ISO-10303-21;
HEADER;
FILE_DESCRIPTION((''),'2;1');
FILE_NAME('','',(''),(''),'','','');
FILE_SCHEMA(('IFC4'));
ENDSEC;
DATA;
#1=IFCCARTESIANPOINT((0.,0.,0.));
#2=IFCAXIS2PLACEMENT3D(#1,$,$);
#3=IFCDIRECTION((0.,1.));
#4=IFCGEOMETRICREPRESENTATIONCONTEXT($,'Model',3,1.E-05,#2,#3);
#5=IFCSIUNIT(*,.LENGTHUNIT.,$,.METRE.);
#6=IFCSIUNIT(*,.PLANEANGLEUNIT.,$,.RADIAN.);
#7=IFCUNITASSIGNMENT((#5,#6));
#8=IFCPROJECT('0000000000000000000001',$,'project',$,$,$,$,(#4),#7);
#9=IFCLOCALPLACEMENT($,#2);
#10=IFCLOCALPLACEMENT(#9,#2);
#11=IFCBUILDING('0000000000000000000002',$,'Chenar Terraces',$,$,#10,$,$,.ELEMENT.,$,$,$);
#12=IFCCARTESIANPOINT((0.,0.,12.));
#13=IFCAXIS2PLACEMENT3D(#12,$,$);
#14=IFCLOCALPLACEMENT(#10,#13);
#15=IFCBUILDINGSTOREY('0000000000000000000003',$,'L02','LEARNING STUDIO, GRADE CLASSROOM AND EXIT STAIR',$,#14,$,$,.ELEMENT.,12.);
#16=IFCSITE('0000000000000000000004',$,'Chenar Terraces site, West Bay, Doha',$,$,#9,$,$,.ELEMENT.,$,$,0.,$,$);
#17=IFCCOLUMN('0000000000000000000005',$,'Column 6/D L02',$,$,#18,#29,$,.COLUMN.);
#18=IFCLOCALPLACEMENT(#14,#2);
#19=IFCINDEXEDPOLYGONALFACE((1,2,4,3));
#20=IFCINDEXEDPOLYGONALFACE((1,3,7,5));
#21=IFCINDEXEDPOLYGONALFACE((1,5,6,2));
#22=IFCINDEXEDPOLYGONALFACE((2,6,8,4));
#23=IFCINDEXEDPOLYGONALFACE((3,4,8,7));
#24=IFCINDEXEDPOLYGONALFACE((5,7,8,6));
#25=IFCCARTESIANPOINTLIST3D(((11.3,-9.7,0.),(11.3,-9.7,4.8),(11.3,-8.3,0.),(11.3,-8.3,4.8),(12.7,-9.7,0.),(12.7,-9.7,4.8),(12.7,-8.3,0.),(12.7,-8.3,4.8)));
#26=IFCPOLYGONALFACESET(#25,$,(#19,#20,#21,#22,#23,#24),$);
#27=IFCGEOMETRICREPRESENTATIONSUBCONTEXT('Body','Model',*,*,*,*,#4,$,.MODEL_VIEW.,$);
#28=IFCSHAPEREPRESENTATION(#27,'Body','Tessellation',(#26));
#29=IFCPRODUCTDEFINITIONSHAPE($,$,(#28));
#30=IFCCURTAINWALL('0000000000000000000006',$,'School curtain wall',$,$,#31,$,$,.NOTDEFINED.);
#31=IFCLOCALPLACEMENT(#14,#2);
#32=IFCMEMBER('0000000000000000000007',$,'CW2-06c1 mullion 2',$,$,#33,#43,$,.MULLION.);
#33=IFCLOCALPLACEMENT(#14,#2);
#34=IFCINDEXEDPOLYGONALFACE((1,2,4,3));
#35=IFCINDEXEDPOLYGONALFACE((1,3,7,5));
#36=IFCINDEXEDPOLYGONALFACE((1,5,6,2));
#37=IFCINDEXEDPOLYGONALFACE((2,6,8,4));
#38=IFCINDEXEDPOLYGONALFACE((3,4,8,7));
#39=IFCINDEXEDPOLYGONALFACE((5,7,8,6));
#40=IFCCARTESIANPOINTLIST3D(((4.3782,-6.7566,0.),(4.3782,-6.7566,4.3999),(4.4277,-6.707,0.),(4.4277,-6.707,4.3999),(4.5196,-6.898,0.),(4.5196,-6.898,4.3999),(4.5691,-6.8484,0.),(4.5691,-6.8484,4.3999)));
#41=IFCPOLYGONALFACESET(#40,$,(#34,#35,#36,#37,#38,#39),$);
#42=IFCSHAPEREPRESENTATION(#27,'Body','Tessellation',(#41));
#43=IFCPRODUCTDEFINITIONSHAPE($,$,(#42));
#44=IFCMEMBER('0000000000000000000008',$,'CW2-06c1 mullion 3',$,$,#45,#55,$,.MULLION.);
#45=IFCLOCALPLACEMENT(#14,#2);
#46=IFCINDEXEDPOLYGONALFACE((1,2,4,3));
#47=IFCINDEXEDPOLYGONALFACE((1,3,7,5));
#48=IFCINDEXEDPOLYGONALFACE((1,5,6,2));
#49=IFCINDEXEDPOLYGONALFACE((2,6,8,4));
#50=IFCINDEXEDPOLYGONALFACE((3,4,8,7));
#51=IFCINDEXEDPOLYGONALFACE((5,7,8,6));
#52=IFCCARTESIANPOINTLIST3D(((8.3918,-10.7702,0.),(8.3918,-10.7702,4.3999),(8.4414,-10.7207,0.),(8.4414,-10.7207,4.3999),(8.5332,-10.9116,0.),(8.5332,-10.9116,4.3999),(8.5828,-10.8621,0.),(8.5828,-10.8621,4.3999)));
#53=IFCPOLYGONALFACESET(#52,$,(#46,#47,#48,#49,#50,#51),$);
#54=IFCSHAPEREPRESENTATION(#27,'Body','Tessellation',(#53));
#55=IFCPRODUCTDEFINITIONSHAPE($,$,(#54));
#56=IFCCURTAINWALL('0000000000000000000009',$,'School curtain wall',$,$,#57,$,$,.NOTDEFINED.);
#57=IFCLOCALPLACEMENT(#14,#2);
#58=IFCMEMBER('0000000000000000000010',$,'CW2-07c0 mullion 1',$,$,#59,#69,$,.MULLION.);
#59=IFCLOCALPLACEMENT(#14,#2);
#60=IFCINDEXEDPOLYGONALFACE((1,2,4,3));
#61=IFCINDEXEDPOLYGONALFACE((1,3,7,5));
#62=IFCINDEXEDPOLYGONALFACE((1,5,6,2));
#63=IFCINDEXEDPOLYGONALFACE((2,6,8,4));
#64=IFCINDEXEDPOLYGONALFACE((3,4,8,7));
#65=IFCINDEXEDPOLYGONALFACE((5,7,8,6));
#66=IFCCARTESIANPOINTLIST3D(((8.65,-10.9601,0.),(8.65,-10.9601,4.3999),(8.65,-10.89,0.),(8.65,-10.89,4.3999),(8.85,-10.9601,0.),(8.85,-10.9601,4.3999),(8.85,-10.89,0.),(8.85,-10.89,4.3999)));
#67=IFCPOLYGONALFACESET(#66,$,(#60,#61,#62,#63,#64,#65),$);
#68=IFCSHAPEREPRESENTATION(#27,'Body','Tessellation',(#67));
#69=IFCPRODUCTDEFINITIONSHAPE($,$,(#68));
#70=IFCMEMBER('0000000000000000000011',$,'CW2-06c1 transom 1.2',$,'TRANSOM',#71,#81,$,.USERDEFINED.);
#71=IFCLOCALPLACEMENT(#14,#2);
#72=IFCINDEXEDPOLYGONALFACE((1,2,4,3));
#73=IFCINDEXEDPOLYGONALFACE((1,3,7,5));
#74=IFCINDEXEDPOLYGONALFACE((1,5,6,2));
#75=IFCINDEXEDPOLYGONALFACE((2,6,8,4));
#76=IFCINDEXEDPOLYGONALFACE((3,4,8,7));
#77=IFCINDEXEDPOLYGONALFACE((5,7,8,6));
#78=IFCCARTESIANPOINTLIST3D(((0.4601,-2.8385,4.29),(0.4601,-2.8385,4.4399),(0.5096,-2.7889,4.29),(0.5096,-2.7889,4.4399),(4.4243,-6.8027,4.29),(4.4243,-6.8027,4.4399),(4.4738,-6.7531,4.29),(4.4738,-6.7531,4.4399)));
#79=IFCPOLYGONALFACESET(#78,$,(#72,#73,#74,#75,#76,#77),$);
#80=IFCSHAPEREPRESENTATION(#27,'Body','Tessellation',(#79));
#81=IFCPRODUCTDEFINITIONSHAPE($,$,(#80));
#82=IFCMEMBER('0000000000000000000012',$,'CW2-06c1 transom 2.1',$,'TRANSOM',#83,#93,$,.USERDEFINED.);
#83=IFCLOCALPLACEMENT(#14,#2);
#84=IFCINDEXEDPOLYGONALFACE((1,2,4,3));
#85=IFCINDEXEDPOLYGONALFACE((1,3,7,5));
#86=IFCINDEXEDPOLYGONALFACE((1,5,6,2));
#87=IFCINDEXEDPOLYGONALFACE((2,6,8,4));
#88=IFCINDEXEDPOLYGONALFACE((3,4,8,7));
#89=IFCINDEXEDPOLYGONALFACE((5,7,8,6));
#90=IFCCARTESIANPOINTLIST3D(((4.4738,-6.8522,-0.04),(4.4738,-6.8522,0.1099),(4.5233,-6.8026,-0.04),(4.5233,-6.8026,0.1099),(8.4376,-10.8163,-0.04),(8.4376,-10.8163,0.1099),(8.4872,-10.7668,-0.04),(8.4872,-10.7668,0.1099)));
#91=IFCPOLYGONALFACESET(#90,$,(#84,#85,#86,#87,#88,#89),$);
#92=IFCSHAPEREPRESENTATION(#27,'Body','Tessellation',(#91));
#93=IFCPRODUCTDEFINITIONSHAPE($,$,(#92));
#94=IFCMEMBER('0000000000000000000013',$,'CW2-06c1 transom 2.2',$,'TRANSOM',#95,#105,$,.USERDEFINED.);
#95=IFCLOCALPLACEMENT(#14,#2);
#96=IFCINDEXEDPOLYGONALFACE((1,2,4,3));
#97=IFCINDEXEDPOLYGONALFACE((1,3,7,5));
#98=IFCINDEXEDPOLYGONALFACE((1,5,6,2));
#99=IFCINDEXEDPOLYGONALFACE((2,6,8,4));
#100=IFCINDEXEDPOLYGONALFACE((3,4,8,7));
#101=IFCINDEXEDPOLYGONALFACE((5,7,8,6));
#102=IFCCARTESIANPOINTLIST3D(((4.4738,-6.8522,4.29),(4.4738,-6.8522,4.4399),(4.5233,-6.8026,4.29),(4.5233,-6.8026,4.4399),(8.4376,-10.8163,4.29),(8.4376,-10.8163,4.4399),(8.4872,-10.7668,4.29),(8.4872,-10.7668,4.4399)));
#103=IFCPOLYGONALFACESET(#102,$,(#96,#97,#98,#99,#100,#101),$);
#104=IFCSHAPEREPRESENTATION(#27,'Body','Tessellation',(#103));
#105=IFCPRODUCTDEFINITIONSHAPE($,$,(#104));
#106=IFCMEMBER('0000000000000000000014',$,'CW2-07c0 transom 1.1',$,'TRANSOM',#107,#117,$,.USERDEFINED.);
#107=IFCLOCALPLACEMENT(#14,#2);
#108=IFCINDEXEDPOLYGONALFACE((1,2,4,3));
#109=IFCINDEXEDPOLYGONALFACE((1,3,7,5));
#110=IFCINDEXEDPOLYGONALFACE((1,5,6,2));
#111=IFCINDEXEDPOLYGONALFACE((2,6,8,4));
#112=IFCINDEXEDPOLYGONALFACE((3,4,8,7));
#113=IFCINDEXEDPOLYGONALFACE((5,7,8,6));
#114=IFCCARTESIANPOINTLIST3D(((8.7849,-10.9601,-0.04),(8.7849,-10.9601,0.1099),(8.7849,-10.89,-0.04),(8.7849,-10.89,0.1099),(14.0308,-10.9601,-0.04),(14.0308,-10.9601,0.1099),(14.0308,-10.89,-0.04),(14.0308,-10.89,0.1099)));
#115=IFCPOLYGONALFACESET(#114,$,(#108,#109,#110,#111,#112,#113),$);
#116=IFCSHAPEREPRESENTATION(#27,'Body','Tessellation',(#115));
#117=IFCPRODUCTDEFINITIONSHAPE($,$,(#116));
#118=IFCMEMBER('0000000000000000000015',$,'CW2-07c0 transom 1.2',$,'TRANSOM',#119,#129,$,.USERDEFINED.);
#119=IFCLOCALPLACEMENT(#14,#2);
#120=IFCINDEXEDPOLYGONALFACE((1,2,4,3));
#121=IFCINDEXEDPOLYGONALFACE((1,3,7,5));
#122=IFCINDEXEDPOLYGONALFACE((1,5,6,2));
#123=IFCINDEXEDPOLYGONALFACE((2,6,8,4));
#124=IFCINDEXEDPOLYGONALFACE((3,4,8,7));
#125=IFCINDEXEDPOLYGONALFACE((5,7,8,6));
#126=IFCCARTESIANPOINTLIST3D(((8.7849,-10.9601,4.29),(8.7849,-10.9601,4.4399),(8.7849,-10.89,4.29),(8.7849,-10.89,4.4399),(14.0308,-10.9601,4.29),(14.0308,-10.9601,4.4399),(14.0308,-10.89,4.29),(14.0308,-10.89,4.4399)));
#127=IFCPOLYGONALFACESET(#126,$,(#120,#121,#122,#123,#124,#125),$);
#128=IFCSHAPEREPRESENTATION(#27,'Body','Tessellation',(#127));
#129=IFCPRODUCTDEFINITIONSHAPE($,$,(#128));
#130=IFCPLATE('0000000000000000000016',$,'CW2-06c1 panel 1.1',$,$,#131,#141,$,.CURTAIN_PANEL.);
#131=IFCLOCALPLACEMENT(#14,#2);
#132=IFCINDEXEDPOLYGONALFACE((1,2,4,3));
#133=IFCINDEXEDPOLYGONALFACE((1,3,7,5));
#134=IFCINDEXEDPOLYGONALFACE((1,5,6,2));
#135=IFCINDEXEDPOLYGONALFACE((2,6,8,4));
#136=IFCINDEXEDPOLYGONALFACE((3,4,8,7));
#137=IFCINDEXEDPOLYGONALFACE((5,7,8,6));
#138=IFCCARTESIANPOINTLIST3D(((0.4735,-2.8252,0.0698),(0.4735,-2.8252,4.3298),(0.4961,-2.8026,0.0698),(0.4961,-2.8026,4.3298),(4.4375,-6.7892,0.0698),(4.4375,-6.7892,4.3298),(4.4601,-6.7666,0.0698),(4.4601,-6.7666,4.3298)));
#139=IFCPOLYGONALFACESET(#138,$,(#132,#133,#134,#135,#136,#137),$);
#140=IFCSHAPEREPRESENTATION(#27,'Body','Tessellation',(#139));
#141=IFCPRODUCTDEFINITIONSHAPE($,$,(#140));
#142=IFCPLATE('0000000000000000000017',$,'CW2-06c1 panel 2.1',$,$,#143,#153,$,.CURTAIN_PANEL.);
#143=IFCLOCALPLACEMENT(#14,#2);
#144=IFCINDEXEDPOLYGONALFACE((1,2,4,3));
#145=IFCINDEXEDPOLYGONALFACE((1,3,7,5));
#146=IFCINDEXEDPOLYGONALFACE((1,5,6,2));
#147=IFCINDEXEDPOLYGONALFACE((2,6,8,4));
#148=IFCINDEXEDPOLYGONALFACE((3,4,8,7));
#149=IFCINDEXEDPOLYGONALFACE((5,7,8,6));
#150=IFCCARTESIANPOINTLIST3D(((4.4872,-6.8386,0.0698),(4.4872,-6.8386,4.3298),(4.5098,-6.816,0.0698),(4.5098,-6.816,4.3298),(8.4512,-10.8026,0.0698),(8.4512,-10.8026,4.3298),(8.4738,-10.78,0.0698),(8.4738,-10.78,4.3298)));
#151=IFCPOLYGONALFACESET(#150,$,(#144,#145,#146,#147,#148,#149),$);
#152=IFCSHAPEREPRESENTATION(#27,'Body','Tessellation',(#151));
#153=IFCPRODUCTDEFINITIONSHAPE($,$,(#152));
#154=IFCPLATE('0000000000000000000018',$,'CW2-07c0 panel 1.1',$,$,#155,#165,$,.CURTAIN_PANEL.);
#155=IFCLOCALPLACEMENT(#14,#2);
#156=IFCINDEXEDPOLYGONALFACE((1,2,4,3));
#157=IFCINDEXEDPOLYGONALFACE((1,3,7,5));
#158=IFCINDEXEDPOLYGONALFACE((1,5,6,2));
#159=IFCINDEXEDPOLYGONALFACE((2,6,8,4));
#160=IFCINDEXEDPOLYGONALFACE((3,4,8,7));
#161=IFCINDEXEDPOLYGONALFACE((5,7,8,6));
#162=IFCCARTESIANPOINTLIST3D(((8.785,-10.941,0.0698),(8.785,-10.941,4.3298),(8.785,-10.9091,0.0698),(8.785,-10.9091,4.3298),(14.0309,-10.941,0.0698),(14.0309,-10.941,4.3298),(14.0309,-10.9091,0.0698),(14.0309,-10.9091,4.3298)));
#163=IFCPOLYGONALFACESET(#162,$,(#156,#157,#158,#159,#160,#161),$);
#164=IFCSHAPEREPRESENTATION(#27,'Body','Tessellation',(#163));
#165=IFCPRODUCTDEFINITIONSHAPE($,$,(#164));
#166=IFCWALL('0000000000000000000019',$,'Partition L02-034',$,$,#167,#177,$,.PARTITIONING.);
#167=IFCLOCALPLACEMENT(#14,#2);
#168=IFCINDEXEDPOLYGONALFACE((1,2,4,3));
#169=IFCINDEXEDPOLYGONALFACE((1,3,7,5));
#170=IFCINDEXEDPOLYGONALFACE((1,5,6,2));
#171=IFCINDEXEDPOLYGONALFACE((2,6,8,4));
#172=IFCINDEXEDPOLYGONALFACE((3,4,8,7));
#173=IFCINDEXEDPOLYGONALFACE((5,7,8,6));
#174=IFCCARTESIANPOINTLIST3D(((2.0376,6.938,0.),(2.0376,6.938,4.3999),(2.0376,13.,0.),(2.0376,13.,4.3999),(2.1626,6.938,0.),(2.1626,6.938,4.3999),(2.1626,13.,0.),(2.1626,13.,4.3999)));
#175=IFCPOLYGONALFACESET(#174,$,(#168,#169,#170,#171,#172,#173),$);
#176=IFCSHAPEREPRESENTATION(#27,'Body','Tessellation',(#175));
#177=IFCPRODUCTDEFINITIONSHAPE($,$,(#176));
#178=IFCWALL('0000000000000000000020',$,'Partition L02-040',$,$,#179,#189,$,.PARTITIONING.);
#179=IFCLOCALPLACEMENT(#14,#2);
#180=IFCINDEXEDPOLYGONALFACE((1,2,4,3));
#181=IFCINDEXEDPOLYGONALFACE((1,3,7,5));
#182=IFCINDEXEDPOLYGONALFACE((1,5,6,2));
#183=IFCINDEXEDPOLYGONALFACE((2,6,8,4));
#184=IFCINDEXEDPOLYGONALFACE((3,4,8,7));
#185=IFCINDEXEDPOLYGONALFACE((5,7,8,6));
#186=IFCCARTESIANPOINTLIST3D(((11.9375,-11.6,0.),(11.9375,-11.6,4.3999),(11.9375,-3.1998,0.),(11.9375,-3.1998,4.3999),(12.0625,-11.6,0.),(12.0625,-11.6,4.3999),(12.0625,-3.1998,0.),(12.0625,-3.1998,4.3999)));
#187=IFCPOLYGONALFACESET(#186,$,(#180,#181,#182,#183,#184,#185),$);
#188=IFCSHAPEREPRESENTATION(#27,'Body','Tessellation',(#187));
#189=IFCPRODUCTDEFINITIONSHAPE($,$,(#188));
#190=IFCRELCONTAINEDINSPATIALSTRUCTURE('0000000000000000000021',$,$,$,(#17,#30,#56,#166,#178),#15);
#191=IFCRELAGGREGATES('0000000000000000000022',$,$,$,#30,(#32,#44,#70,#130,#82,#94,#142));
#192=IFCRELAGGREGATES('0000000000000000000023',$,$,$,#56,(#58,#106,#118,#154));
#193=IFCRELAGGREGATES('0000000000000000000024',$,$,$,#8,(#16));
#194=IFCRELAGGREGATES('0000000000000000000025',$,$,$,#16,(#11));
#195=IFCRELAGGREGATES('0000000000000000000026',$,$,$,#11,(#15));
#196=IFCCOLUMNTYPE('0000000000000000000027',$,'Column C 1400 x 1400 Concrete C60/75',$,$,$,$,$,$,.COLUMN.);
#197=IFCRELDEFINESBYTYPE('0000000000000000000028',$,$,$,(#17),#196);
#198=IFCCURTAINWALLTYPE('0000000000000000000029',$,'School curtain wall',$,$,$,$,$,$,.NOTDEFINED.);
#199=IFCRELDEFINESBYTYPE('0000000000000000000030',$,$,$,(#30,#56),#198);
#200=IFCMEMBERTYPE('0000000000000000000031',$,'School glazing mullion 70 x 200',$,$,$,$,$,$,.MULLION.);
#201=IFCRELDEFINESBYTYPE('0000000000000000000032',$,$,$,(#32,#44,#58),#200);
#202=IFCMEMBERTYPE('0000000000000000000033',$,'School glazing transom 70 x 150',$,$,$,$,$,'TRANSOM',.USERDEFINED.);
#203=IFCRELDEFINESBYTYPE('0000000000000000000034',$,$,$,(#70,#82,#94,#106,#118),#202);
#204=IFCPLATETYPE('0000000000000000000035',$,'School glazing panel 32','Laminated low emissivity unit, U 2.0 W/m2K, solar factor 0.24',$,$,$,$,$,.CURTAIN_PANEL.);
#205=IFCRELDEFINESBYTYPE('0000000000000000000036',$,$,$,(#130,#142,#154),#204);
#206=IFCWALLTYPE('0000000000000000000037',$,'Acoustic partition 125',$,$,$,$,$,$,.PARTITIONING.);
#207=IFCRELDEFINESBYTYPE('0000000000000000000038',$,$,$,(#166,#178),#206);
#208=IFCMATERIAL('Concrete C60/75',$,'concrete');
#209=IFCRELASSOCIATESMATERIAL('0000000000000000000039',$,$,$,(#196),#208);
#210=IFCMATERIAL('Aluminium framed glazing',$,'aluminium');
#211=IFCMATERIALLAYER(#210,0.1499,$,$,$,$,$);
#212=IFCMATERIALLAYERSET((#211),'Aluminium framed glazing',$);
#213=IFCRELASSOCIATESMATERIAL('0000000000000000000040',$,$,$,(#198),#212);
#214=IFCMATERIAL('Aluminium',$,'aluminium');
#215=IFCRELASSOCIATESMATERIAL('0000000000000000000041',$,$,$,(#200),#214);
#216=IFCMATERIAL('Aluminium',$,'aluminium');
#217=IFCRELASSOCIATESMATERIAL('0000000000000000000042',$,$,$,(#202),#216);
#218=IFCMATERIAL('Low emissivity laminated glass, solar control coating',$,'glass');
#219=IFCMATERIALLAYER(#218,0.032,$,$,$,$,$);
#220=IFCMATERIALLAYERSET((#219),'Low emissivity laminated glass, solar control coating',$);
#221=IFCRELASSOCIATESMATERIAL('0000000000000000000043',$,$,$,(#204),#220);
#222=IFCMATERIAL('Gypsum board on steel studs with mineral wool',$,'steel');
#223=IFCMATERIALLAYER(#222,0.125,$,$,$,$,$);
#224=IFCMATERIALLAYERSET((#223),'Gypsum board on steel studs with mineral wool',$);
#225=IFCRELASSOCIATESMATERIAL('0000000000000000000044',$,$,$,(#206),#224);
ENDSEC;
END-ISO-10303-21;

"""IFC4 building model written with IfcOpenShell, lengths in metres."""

from ifc_helpers import new_model, si_unit, direction, frame, frame_2d, origin, origin_2d, place, context, subcontext, project, spatial, rectangle, extrude, material, layer, layer_set, material_profile, profile_set, type_object, element, aggregate, save


model = new_model("IFC4")

# Units and contexts
model_context = context("Model", 3, precision=1e-05, world=origin(), true_north=direction((0.0, 1.0)))
body_context = subcontext(model_context, "Body", "Model", "MODEL_VIEW")
ifc_project = project(units=[si_unit("LENGTHUNIT", "METRE"), si_unit("PLANEANGLEUNIT", "RADIAN")], contexts=[model_context])

# Site, building, storey
site_placement = place(None, origin())
site = spatial("IfcSite", under=ifc_project, at=site_placement, Name="Chenar Terraces site, West Bay, Doha", CompositionType="ELEMENT", RefElevation=0.0)
building_placement = place(site_placement, origin())
building = spatial("IfcBuilding", under=site, at=building_placement, Name="Chenar Terraces", CompositionType="ELEMENT")
storey_placement = place(building_placement, frame((0.0, 0.0, 12.0)))
storey = spatial("IfcBuildingStorey", under=building, at=storey_placement, Name="L02", Description="LEARNING STUDIO, GRADE CLASSROOM AND EXIT STAIR", CompositionType="ELEMENT", Elevation=12.0)

# Column
ifc_material_1 = material(Name="Concrete C60/75", Category="concrete")
ifc_material_profile_1 = material_profile(ifc_material_1, rectangle(XDim=1.3999, YDim=1.3999, at=origin_2d()), Name="C 1400 x 1400")
ifc_profile_set_1 = profile_set([ifc_material_profile_1], Name="Concrete C60/75")
column_type = type_object("IfcColumnType", Name="Column C 1400 x 1400 Concrete C60/75", PredefinedType="COLUMN", material=ifc_profile_set_1)
column_placement = place(storey_placement, frame((12.0, -9.0, 0.0), z_axis=(0.0, 0.0, 1.0), x_axis=(1.0, 0.0, 0.0)))
element("IfcColumn", 1, at=column_placement, inside=storey, type_object=column_type, Name="Column 6/D L02", PredefinedType="COLUMN", context=body_context, shape_type="SweptSolid", body=[
    extrude(rectangle(XDim=1.3999, YDim=1.3999, at=origin_2d()), origin(), (0.0, 0.0, 1.0), 4.8),
])

# Curtain wall, members
ifc_material_2 = material(Name="Aluminium framed glazing", Category="aluminium")
ifc_layer_1 = layer(ifc_material_2, 0.1499)
ifc_layer_set_1 = layer_set([ifc_layer_1], Name="Aluminium framed glazing")
curtain_wall_type = type_object("IfcCurtainWallType", Name="School curtain wall", PredefinedType="NOTDEFINED", material=ifc_layer_set_1)
placement = place(storey_placement, origin())
curtain_wall_1 = element("IfcCurtainWall", 2, at=placement, inside=storey, type_object=curtain_wall_type, Name="School curtain wall", PredefinedType="NOTDEFINED")
ifc_material_3 = material(Name="Aluminium", Category="aluminium")
ifc_material_profile_2 = material_profile(ifc_material_3, rectangle(XDim=0.0701, YDim=0.2, at=origin_2d()), Name="School glazing mullion 70 x 200")
ifc_profile_set_2 = profile_set([ifc_material_profile_2], Name="Aluminium")
member_type_1 = type_object("IfcMemberType", Name="School glazing mullion 70 x 200", PredefinedType="MULLION", material=ifc_profile_set_2)
member_1_placement = place(storey_placement, frame((4.4736, -6.8025, 0.0), z_axis=(0.0, 0.0, 1.0), x_axis=(0.707107, 0.707107, 0.0)))
member_1 = element("IfcMember", 3, at=member_1_placement, type_object=member_type_1, Name="CW2-06c1 mullion 2", PredefinedType="MULLION", context=body_context, shape_type="SweptSolid", body=[
    extrude(rectangle(XDim=0.0701, YDim=0.2, at=origin_2d()), origin(), (0.0, 0.0, 1.0), 4.3999),
])
member_2_placement = place(storey_placement, frame((8.4873, -10.8162, 0.0), z_axis=(0.0, 0.0, 1.0), x_axis=(0.707107, 0.707107, 0.0)))
member_2 = element("IfcMember", 4, at=member_2_placement, type_object=member_type_1, Name="CW2-06c1 mullion 3", PredefinedType="MULLION", context=body_context, shape_type="SweptSolid", body=[
    extrude(rectangle(XDim=0.0701, YDim=0.2, at=origin_2d()), origin(), (0.0, 0.0, 1.0), 4.3999),
])

# Curtain wall, member
curtain_wall_2 = element("IfcCurtainWall", 5, at=placement, inside=storey, type_object=curtain_wall_type, Name="School curtain wall", PredefinedType="NOTDEFINED")
member_3_placement = place(storey_placement, frame((8.75, -10.925, 0.0), z_axis=(0.0, 0.0, 1.0), x_axis=(0.0, 1.0, 0.0)))
member_3 = element("IfcMember", 6, at=member_3_placement, type_object=member_type_1, Name="CW2-07c0 mullion 1", PredefinedType="MULLION", context=body_context, shape_type="SweptSolid", body=[
    extrude(rectangle(XDim=0.0701, YDim=0.2, at=origin_2d()), origin(), (0.0, 0.0, 1.0), 4.3999),
])

# Members
ifc_material_4 = material(Name="Aluminium", Category="aluminium")
ifc_material_profile_3 = material_profile(ifc_material_4, rectangle(XDim=0.0701, YDim=0.1499, at=origin_2d()), Name="School glazing transom 70 x 150")
ifc_profile_set_3 = profile_set([ifc_material_profile_3], Name="Aluminium")
member_type_2 = type_object("IfcMemberType", Name="School glazing transom 70 x 150", ElementType="TRANSOM", PredefinedType="USERDEFINED", material=ifc_profile_set_3)
member_4_placement = place(storey_placement, frame((0.4849, -2.8137, 4.365), z_axis=(0.707107, -0.707107, 0.0), x_axis=(0.707107, 0.707107, 0.0)))
member_4 = element("IfcMember", 7, at=member_4_placement, type_object=member_type_2, Name="CW2-06c1 transom 1.2", ObjectType="TRANSOM", PredefinedType="USERDEFINED", context=body_context, shape_type="SweptSolid", body=[
    extrude(rectangle(XDim=0.0701, YDim=0.1499, at=origin_2d()), origin(), (0.0, 0.0, 1.0), 5.6062),
])
member_5_placement = place(storey_placement, frame((4.4985, -6.8274, 0.0349), z_axis=(0.707085, -0.707129, 0.0), x_axis=(0.707129, 0.707085, 0.0)))
member_5 = element("IfcMember", 8, at=member_5_placement, type_object=member_type_2, Name="CW2-06c1 transom 2.1", ObjectType="TRANSOM", PredefinedType="USERDEFINED", context=body_context, shape_type="SweptSolid", body=[
    extrude(rectangle(XDim=0.0701, YDim=0.1499, at=origin_2d()), origin(), (0.0, 0.0, 1.0), 5.606),
])
member_6_placement = place(storey_placement, frame((4.4985, -6.8274, 4.365), z_axis=(0.707085, -0.707129, 0.0), x_axis=(0.707129, 0.707085, 0.0)))
member_6 = element("IfcMember", 9, at=member_6_placement, type_object=member_type_2, Name="CW2-06c1 transom 2.2", ObjectType="TRANSOM", PredefinedType="USERDEFINED", context=body_context, shape_type="SweptSolid", body=[
    extrude(rectangle(XDim=0.0701, YDim=0.1499, at=origin_2d()), origin(), (0.0, 0.0, 1.0), 5.606),
])
member_7_placement = place(storey_placement, frame((8.7849, -10.925, 0.0349), z_axis=(1.0, 0.0, 0.0), x_axis=(0.0, 1.0, 0.0)))
member_7 = element("IfcMember", 10, at=member_7_placement, type_object=member_type_2, Name="CW2-07c0 transom 1.1", ObjectType="TRANSOM", PredefinedType="USERDEFINED", context=body_context, shape_type="SweptSolid", body=[
    extrude(rectangle(XDim=0.0701, YDim=0.1499, at=origin_2d()), origin(), (0.0, 0.0, 1.0), 5.2458),
])
member_8_placement = place(storey_placement, frame((8.7849, -10.925, 4.365), z_axis=(1.0, 0.0, 0.0), x_axis=(0.0, 1.0, 0.0)))
member_8 = element("IfcMember", 11, at=member_8_placement, type_object=member_type_2, Name="CW2-07c0 transom 1.2", ObjectType="TRANSOM", PredefinedType="USERDEFINED", context=body_context, shape_type="SweptSolid", body=[
    extrude(rectangle(XDim=0.0701, YDim=0.1499, at=origin_2d()), origin(), (0.0, 0.0, 1.0), 5.2458),
])

# Plates
ifc_material_5 = material(Name="Low emissivity laminated glass, solar control coating", Category="glass")
ifc_layer_2 = layer(ifc_material_5, 0.032)
ifc_layer_set_2 = layer_set([ifc_layer_2], Name="Low emissivity laminated glass, solar control coating")
plate_type = type_object("IfcPlateType", Name="School glazing panel 32", Description="Laminated low emissivity unit, U 2.0 W/m2K, solar factor 0.24", PredefinedType="CURTAIN_PANEL", material=ifc_layer_set_2)
plate_1_placement = place(storey_placement, frame((2.4668, -4.7959, 0.0698), z_axis=(0.0, 0.0, 1.0), x_axis=(0.707107, -0.707107, 0.0)))
plate_1 = element("IfcPlate", 12, at=plate_1_placement, type_object=plate_type, Name="CW2-06c1 panel 1.1", PredefinedType="CURTAIN_PANEL", context=body_context, shape_type="SweptSolid", body=[
    extrude(rectangle(XDim=5.606, YDim=0.032, at=origin_2d()), origin(), (0.0, 0.0, 1.0), 4.26),
])
plate_2_placement = place(storey_placement, frame((6.4805, -8.8093, 0.0698), z_axis=(0.0, 0.0, 1.0), x_axis=(0.707107, -0.707107, 0.0)))
plate_2 = element("IfcPlate", 13, at=plate_2_placement, type_object=plate_type, Name="CW2-06c1 panel 2.1", PredefinedType="CURTAIN_PANEL", context=body_context, shape_type="SweptSolid", body=[
    extrude(rectangle(XDim=5.606, YDim=0.032, at=origin_2d()), origin(), (0.0, 0.0, 1.0), 4.26),
])
aggregate(curtain_wall_1, [member_1, member_2, member_4, plate_1, member_5, member_6, plate_2])
plate_3_placement = place(storey_placement, frame((11.408, -10.925, 0.0698), z_axis=(0.0, 0.0, 1.0), x_axis=(1.0, 0.0, 0.0)))
plate_3 = element("IfcPlate", 14, at=plate_3_placement, type_object=plate_type, Name="CW2-07c0 panel 1.1", PredefinedType="CURTAIN_PANEL", context=body_context, shape_type="SweptSolid", body=[
    extrude(rectangle(XDim=5.2458, YDim=0.032, at=origin_2d()), origin(), (0.0, 0.0, 1.0), 4.26),
])
aggregate(curtain_wall_2, [member_3, member_7, member_8, plate_3])

# Walls
ifc_material_6 = material(Name="Gypsum board on steel studs with mineral wool", Category="steel")
ifc_layer_3 = layer(ifc_material_6, 0.125)
ifc_layer_set_3 = layer_set([ifc_layer_3], Name="Gypsum board on steel studs with mineral wool")
wall_type_1 = type_object("IfcWallType", Name="Acoustic partition 125", PredefinedType="PARTITIONING", material=ifc_layer_set_3)
wall_1_placement = place(storey_placement, frame((2.1001, 6.938, 0.0), z_axis=(0.0, 0.0, 1.0), x_axis=(0.0, 1.0, 0.0)))
element("IfcWall", 15, at=wall_1_placement, inside=storey, type_object=wall_type_1, Name="Partition L02-034", PredefinedType="PARTITIONING", context=body_context, shape_type="SweptSolid", body=[
    extrude(rectangle(XDim=6.062, YDim=0.125, at=frame_2d((3.031, 0.0))), origin(), (0.0, 0.0, 1.0), 4.3999),
])
wall_2_placement = place(storey_placement, frame((12.0, -11.6001, 0.0), z_axis=(0.0, 0.0, 1.0), x_axis=(0.0, 1.0, 0.0)))
element("IfcWall", 16, at=wall_2_placement, inside=storey, type_object=wall_type_1, Name="Partition L02-040", PredefinedType="PARTITIONING", context=body_context, shape_type="SweptSolid", body=[
    extrude(rectangle(XDim=8.4001, YDim=0.125, at=frame_2d((4.2002, 0.0))), origin(), (0.0, 0.0, 1.0), 4.3999),
])

save(model, "model.ifc")
